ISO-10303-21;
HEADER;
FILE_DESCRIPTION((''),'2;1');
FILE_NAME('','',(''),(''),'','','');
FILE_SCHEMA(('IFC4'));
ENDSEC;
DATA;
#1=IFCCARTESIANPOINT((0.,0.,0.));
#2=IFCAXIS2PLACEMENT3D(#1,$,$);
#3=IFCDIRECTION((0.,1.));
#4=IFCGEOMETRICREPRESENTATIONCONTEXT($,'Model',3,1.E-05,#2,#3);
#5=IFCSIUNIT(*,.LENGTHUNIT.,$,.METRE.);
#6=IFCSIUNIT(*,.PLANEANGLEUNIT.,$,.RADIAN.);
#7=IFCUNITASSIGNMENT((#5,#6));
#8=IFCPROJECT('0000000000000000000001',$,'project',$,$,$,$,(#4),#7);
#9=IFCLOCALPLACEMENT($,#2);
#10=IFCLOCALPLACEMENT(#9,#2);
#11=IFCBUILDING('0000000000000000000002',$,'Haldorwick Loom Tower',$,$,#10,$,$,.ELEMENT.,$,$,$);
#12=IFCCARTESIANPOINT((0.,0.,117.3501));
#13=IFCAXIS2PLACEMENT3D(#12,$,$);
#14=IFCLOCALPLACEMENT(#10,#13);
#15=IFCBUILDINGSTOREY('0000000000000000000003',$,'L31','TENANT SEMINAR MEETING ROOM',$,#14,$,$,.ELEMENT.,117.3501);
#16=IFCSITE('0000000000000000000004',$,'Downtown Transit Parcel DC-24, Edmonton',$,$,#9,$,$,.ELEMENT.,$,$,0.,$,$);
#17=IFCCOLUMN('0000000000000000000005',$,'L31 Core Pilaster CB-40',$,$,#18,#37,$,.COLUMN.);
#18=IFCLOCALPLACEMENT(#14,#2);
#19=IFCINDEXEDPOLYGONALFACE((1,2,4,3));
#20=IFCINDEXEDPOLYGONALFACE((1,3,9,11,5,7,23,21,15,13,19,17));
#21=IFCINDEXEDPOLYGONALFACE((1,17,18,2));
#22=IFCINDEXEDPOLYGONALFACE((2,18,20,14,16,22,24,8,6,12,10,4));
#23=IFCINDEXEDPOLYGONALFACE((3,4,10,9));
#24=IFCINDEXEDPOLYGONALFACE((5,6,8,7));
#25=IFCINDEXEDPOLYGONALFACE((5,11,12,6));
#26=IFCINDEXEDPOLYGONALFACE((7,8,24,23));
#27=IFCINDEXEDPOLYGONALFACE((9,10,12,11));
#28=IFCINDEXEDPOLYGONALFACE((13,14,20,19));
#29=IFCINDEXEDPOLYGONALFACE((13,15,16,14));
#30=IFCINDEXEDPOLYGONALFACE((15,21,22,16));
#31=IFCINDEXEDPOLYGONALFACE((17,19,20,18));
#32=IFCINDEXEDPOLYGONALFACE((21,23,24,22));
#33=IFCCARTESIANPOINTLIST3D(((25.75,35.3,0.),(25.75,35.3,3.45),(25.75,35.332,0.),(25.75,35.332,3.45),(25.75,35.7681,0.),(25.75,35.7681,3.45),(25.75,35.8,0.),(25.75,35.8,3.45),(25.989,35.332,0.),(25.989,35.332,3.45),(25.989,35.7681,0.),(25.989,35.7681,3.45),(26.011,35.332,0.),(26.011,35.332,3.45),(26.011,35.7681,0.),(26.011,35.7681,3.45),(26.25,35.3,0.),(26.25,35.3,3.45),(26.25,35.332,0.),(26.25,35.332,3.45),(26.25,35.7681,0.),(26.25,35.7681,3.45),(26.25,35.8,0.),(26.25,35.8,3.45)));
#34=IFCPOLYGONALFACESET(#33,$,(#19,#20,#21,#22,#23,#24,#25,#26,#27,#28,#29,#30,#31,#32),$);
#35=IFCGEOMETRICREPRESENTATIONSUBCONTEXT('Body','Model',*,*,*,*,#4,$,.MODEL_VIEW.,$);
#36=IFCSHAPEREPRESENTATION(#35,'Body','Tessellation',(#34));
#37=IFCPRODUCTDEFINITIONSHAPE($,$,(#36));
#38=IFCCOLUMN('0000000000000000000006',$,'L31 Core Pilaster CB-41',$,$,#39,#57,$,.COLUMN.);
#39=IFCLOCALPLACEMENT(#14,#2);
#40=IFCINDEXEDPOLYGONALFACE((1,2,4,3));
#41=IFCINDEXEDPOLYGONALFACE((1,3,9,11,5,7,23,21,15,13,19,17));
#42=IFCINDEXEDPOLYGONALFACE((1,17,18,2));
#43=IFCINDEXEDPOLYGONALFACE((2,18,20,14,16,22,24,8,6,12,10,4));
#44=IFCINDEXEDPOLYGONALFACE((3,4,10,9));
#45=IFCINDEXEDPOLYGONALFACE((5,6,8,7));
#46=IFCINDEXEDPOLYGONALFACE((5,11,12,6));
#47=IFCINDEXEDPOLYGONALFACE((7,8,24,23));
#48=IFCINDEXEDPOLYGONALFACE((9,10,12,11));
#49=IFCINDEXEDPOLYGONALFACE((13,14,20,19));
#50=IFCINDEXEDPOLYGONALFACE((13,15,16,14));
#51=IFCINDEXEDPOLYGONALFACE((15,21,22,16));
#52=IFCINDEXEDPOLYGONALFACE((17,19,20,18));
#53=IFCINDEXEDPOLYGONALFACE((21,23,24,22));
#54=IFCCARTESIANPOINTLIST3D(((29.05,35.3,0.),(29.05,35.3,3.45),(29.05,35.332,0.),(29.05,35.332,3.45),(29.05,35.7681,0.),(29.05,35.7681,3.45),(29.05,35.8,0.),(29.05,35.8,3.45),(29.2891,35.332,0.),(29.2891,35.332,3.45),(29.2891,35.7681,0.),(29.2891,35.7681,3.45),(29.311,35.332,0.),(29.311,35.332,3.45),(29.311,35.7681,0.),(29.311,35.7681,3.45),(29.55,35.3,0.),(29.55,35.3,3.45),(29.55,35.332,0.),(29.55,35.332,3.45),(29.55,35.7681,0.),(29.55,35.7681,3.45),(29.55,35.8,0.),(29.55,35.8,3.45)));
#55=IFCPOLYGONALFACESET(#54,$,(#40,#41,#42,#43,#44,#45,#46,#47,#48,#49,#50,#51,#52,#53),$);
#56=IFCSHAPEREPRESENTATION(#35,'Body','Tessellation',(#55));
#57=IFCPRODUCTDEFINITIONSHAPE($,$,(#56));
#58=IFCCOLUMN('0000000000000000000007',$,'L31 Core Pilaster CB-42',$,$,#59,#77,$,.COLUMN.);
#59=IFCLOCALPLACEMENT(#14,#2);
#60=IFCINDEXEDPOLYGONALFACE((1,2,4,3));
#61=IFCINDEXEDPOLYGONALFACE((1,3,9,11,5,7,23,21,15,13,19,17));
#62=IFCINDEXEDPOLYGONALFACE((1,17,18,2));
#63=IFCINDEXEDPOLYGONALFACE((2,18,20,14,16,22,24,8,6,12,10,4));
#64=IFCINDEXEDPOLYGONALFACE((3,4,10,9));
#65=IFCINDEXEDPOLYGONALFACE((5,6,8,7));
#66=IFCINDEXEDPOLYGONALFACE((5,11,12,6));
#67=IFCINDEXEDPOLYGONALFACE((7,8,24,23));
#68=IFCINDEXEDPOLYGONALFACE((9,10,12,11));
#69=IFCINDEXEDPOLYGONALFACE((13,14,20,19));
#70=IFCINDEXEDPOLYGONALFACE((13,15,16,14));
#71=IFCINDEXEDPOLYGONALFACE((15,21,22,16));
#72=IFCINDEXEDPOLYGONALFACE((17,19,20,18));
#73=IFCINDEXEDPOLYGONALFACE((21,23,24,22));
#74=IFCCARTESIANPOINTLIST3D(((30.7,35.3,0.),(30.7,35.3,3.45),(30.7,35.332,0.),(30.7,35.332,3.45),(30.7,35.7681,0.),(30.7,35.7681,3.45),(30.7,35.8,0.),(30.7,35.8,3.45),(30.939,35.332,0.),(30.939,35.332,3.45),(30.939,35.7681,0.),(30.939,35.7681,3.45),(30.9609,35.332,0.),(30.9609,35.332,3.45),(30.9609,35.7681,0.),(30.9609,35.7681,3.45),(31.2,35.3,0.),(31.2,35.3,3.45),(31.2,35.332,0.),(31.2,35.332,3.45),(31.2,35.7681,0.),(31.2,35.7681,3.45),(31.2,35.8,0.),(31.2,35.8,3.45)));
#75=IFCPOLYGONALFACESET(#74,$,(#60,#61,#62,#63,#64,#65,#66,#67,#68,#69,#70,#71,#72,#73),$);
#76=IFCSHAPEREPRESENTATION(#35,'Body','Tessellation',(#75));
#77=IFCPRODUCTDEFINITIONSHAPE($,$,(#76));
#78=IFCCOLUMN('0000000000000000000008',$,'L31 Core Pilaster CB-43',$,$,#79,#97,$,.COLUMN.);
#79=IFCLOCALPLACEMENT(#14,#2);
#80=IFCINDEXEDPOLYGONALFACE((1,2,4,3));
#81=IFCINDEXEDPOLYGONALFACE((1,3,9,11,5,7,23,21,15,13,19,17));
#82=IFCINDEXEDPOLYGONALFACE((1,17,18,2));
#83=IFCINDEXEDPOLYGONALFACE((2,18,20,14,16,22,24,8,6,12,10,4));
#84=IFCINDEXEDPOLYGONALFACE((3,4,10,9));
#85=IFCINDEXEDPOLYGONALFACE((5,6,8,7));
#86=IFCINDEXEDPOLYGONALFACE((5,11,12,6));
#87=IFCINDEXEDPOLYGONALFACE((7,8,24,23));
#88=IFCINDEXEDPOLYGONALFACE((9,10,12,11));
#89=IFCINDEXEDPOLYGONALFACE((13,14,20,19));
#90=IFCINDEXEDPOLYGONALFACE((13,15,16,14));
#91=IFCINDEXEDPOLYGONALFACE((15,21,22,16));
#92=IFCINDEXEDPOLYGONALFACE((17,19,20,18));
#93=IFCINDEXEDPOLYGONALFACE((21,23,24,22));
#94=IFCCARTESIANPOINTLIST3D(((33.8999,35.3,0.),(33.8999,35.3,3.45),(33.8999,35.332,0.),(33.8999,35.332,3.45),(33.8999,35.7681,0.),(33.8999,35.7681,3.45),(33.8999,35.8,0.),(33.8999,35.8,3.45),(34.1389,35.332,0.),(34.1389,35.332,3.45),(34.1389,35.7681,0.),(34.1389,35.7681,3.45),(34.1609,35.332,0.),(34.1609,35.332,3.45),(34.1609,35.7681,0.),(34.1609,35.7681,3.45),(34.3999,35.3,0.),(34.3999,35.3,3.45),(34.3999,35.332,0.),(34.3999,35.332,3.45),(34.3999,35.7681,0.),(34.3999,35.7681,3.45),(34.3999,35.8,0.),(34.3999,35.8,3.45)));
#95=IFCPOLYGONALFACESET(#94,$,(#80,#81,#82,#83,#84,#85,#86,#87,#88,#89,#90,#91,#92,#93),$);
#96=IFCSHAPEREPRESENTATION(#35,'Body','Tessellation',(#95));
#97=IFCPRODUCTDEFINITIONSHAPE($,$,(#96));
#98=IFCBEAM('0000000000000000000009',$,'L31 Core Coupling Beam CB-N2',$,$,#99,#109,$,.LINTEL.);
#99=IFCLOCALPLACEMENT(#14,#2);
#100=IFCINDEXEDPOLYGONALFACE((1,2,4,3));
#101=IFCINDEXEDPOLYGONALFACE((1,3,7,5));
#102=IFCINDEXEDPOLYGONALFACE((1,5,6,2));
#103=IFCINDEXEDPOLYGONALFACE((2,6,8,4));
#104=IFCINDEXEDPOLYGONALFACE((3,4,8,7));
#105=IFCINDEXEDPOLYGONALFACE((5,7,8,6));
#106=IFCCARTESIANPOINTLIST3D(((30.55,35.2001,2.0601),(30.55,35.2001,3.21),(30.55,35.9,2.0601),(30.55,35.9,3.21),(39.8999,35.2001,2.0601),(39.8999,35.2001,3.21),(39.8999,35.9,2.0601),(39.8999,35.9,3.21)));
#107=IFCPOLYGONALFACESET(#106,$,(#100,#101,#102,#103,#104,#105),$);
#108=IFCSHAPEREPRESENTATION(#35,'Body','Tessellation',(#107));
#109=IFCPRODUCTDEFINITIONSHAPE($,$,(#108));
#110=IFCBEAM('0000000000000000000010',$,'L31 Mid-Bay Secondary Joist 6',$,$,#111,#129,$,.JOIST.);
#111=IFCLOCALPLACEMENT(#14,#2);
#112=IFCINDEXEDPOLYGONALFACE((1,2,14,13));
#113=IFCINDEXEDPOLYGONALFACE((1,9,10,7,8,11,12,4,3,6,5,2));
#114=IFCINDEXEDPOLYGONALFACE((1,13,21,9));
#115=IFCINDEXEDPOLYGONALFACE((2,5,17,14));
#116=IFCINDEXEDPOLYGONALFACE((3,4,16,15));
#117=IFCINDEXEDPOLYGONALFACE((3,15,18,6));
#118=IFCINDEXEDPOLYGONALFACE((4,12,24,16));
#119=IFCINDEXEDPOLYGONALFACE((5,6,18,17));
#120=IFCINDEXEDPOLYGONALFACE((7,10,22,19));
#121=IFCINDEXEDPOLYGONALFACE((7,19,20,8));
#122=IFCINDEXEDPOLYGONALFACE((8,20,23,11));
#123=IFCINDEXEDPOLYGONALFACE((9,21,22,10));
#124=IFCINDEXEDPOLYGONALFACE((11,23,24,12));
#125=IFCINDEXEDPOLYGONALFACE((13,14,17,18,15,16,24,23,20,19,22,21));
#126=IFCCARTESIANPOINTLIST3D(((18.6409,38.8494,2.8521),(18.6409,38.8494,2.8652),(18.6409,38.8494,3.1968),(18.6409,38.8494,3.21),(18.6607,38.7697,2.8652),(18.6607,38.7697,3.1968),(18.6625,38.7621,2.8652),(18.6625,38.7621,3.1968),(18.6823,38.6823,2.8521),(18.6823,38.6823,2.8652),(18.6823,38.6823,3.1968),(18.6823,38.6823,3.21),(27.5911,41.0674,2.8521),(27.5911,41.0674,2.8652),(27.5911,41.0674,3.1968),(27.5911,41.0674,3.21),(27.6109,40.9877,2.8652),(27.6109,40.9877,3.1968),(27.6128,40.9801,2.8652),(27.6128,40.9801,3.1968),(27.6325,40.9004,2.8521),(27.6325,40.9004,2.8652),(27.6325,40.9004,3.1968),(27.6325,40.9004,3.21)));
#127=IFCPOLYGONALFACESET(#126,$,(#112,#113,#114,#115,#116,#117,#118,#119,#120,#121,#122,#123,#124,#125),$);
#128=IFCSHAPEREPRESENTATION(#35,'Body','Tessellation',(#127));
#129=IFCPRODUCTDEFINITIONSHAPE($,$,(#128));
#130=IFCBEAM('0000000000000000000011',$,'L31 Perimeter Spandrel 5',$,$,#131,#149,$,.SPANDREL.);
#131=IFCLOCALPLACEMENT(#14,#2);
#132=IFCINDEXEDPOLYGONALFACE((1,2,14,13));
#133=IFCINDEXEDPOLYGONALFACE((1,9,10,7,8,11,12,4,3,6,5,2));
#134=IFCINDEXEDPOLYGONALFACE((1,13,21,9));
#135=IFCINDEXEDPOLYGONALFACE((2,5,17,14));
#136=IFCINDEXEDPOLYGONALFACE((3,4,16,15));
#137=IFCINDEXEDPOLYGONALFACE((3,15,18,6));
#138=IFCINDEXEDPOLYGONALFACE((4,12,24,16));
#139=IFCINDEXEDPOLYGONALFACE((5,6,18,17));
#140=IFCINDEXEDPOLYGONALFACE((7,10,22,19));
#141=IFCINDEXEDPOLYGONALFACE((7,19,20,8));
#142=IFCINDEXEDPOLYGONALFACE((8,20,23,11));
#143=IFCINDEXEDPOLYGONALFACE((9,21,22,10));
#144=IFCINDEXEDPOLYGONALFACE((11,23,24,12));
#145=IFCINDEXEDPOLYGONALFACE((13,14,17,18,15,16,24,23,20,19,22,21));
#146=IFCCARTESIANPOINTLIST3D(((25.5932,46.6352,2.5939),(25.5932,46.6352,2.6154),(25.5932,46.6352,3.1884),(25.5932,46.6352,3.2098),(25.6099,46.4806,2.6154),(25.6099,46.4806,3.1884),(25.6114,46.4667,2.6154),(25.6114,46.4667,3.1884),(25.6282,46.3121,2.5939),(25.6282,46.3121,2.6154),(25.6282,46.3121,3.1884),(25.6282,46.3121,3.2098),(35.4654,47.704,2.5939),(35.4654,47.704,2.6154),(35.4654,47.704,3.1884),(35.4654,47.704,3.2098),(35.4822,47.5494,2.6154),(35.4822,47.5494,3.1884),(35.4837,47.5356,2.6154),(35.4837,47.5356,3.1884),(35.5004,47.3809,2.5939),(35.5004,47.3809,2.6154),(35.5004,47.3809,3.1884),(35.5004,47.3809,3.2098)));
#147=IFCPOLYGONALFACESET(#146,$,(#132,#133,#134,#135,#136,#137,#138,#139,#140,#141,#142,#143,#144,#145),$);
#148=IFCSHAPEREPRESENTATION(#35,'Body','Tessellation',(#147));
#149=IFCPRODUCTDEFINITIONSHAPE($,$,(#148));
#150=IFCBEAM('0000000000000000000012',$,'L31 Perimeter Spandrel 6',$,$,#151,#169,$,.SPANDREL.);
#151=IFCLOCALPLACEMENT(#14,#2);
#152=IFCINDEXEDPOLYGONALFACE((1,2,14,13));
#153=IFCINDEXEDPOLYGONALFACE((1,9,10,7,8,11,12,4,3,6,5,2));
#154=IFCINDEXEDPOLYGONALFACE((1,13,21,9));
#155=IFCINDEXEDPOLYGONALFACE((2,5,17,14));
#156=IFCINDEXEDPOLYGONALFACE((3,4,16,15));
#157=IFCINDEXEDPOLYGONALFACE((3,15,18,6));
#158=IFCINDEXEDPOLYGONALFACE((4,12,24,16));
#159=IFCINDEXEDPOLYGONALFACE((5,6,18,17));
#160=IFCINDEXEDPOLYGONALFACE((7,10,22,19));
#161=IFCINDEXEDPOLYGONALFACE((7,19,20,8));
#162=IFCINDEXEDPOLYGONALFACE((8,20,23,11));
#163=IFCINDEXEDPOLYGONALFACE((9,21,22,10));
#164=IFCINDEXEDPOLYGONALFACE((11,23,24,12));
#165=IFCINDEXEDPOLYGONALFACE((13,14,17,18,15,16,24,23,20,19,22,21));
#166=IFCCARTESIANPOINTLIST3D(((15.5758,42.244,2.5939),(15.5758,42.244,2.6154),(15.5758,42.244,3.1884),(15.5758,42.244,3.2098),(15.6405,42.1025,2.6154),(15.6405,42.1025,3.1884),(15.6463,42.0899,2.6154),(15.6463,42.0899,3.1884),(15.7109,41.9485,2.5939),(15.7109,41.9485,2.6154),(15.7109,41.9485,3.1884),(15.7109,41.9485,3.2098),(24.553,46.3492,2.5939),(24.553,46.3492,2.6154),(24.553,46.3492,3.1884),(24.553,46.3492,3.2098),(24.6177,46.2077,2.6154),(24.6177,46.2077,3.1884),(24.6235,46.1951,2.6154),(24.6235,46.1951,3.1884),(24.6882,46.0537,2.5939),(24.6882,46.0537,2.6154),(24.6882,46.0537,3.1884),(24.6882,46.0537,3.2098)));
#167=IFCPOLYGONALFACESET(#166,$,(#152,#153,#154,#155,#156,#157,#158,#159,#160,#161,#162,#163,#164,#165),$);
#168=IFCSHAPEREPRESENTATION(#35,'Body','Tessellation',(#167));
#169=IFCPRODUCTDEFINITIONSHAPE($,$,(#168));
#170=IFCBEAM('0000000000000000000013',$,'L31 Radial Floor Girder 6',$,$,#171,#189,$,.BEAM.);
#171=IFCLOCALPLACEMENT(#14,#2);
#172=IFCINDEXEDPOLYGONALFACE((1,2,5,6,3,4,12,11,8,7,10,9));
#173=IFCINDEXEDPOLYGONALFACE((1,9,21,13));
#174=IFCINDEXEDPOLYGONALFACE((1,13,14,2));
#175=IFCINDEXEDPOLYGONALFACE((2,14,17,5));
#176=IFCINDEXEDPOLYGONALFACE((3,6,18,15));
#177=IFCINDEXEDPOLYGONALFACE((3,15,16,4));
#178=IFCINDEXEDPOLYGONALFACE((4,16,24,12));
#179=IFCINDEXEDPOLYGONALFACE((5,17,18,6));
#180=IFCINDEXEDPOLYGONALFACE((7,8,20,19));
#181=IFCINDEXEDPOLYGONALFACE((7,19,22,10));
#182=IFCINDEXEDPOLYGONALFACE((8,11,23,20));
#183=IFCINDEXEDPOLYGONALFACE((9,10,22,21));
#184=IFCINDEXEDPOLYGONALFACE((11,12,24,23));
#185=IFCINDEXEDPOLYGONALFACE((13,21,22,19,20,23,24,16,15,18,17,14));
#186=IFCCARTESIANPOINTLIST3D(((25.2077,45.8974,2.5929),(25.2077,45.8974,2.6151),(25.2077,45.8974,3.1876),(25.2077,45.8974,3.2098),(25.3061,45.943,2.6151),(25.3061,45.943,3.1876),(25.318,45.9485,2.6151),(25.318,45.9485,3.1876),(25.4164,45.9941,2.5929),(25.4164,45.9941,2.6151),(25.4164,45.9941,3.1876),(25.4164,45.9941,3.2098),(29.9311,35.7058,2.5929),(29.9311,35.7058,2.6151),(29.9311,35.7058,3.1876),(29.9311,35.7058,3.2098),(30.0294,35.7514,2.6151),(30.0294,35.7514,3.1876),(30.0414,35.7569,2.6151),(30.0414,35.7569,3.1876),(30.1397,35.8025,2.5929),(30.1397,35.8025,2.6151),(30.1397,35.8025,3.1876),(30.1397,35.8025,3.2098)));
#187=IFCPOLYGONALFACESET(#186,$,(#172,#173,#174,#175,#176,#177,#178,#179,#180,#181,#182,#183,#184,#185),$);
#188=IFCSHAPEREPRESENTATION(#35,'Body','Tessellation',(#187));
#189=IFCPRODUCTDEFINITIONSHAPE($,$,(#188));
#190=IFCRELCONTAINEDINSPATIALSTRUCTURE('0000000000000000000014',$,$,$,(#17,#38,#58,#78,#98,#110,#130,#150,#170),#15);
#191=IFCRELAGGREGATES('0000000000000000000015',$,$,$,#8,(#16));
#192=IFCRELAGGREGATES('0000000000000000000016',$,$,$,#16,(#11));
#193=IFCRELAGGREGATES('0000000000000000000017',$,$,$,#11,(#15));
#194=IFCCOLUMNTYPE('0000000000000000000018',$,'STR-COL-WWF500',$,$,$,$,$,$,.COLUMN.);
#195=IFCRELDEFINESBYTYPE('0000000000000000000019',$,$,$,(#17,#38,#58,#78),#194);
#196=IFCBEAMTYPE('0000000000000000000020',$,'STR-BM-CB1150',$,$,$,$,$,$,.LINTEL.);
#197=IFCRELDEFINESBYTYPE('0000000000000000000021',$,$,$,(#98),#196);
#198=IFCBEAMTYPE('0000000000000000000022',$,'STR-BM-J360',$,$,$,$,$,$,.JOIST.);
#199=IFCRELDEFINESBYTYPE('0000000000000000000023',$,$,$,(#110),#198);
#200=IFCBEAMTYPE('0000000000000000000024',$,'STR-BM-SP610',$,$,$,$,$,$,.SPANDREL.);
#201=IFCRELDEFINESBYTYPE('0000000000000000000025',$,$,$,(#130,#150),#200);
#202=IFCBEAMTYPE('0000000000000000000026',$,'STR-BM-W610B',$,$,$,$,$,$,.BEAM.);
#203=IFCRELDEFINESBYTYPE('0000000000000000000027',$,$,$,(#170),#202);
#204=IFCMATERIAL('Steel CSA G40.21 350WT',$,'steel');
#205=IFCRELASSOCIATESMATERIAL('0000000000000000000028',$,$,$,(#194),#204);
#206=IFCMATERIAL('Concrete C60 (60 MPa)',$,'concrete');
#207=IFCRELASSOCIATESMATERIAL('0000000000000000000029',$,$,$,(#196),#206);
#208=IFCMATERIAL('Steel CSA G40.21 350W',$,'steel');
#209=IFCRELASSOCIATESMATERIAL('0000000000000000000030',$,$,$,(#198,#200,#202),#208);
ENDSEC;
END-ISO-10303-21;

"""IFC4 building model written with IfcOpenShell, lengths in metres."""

from ifc_helpers import new_model, si_unit, direction, frame, origin, origin_2d, place, context, subcontext, project, spatial, rectangle, i_section, extrude, material, material_profile, profile_set, type_object, element, save


model = new_model("IFC4")

# Units and contexts
model_context = context("Model", 3, precision=1e-05, world=origin(), true_north=direction((0.0, 1.0)))
body_context = subcontext(model_context, "Body", "Model", "MODEL_VIEW")
ifc_project = project(units=[si_unit("LENGTHUNIT", "METRE"), si_unit("PLANEANGLEUNIT", "RADIAN")], contexts=[model_context])

# Site, building, storey
site_placement = place(None, origin())
site = spatial("IfcSite", under=ifc_project, at=site_placement, Name="Downtown Transit Parcel DC-24, Edmonton", CompositionType="ELEMENT", RefElevation=0.0)
building_placement = place(site_placement, origin())
building = spatial("IfcBuilding", under=site, at=building_placement, Name="Haldorwick Loom Tower", CompositionType="ELEMENT")
storey_placement = place(building_placement, frame((0.0, 0.0, 117.3501)))
storey = spatial("IfcBuildingStorey", under=building, at=storey_placement, Name="L31", Description="TENANT SEMINAR MEETING ROOM", CompositionType="ELEMENT", Elevation=117.3501)

# Columns
ifc_material_1 = material(Name="Concrete C60 (60 MPa)", Category="concrete")
ifc_material_2 = material(Name="Steel CSA G40.21 350WT", Category="steel")
ifc_material_profile_1 = material_profile(ifc_material_2, i_section(OverallWidth=0.5, OverallDepth=0.5, WebThickness=0.022, FlangeThickness=0.032, at=origin_2d()), Name="WWF500X500", Category="steel")
ifc_profile_set_1 = profile_set([ifc_material_profile_1], Name="Steel CSA G40.21 350WT")
column_type_1 = type_object("IfcColumnType", Name="STR-COL-WWF500", PredefinedType="COLUMN", material=ifc_profile_set_1)
for number, where, z_axis, x_axis, name in (
    (1, (26.0, 35.55, 0.0), (0.0, 0.0, 1.0), (1.0, 0.0, 0.0), "L31 Core Pilaster CB-40"),
    (2, (29.3, 35.55, 0.0), (0.0, 0.0, 1.0), (1.0, 0.0, 0.0), "L31 Core Pilaster CB-41"),
    (3, (30.95, 35.55, 0.0), (0.0, 0.0, 1.0), (1.0, 0.0, 0.0), "L31 Core Pilaster CB-42"),
    (4, (34.1499, 35.55, 0.0), (0.0, 0.0, 1.0), (1.0, 0.0, 0.0), "L31 Core Pilaster CB-43"),
):
    element("IfcColumn", number, at=place(storey_placement, frame(where, z_axis=z_axis, x_axis=x_axis)), inside=storey, type_object=column_type_1, Name=name, PredefinedType="COLUMN", context=body_context, shape_type="SweptSolid", body=[
        extrude(i_section(OverallWidth=0.5, OverallDepth=0.5, WebThickness=0.022, FlangeThickness=0.032, at=origin_2d()), origin(), (0.0, 0.0, 1.0), 3.45),
    ])

# Beams
ifc_material_profile_2 = material_profile(ifc_material_1, rectangle(XDim=0.7, YDim=1.1499, at=origin_2d()), Name="RC700X1150", Category="concrete")
ifc_profile_set_2 = profile_set([ifc_material_profile_2], Name="Concrete C60 (60 MPa)")
beam_type_1 = type_object("IfcBeamType", Name="STR-BM-CB1150", PredefinedType="LINTEL", material=ifc_profile_set_2)
beam_1_placement = place(storey_placement, frame((30.55, 35.55, 2.635), z_axis=(1.0, 0.0, 0.0), x_axis=(0.0, 1.0, 0.0)))
element("IfcBeam", 5, at=beam_1_placement, inside=storey, type_object=beam_type_1, Name="L31 Core Coupling Beam CB-N2", PredefinedType="LINTEL", context=body_context, shape_type="SweptSolid", body=[
    extrude(rectangle(XDim=0.7, YDim=1.1499, at=origin_2d()), origin(), (0.0, 0.0, 1.0), 9.3499),
])
ifc_material_3 = material(Name="Steel CSA G40.21 350W", Category="steel")
ifc_material_profile_3 = material_profile(ifc_material_3, i_section(OverallWidth=0.1721, OverallDepth=0.3579, WebThickness=0.0078, FlangeThickness=0.0132, at=origin_2d()), Name="W360X57", Category="steel")
ifc_profile_set_3 = profile_set([ifc_material_profile_3], Name="Steel CSA G40.21 350W")
beam_type_2 = type_object("IfcBeamType", Name="STR-BM-J360", PredefinedType="JOIST", material=ifc_profile_set_3)
beam_2_placement = place(storey_placement, frame((27.6118, 40.9839, 3.031), z_axis=(-0.970639, -0.240542, 0.0), x_axis=(0.240542, -0.970639, 0.0)))
element("IfcBeam", 6, at=beam_2_placement, inside=storey, type_object=beam_type_2, Name="L31 Mid-Bay Secondary Joist 6", PredefinedType="JOIST", context=body_context, shape_type="SweptSolid", body=[
    extrude(i_section(OverallWidth=0.1721, OverallDepth=0.3579, WebThickness=0.0078, FlangeThickness=0.0132, at=origin_2d()), origin(), (0.0, 0.0, 1.0), 9.2209),
])
ifc_material_profile_4 = material_profile(ifc_material_3, i_section(OverallWidth=0.325, OverallDepth=0.616, WebThickness=0.0139, FlangeThickness=0.0215, at=origin_2d()), Name="W610X174", Category="steel")
ifc_profile_set_4 = profile_set([ifc_material_profile_4], Name="Steel CSA G40.21 350W")
beam_type_3 = type_object("IfcBeamType", Name="STR-BM-SP610", PredefinedType="SPANDREL", material=ifc_profile_set_4)
beam_3_placement = place(storey_placement, frame((35.4829, 47.5425, 2.9019), z_axis=(-0.99419, -0.107638, 0.0), x_axis=(0.107638, -0.99419, 0.0)))
element("IfcBeam", 7, at=beam_3_placement, inside=storey, type_object=beam_type_3, Name="L31 Perimeter Spandrel 5", PredefinedType="SPANDREL", context=body_context, shape_type="SweptSolid", body=[
    extrude(i_section(OverallWidth=0.325, OverallDepth=0.616, WebThickness=0.0139, FlangeThickness=0.0215, at=origin_2d()), origin(), (0.0, 0.0, 1.0), 9.9299),
])
beam_4_placement = place(storey_placement, frame((24.6206, 46.2014, 2.9019), z_axis=(-0.909424, -0.41587, 0.0), x_axis=(0.41587, -0.909424, 0.0)))
element("IfcBeam", 8, at=beam_4_placement, inside=storey, type_object=beam_type_3, Name="L31 Perimeter Spandrel 6", PredefinedType="SPANDREL", context=body_context, shape_type="SweptSolid", body=[
    extrude(i_section(OverallWidth=0.325, OverallDepth=0.616, WebThickness=0.0139, FlangeThickness=0.0215, at=origin_2d()), origin(), (0.0, 0.0, 1.0), 9.8713),
])
ifc_material_profile_5 = material_profile(ifc_material_3, i_section(OverallWidth=0.23, OverallDepth=0.6169, WebThickness=0.0132, FlangeThickness=0.0222, at=origin_2d()), Name="W610X140", Category="steel")
ifc_profile_set_5 = profile_set([ifc_material_profile_5], Name="Steel CSA G40.21 350W")
beam_type_4 = type_object("IfcBeamType", Name="STR-BM-W610B", PredefinedType="BEAM", material=ifc_profile_set_5)
beam_5_placement = place(storey_placement, frame((30.0354, 35.7542, 2.9014), z_axis=(-0.420492, 0.907296, 0.0), x_axis=(-0.907296, -0.420492, 0.0)))
element("IfcBeam", 9, at=beam_5_placement, inside=storey, type_object=beam_type_4, Name="L31 Radial Floor Girder 6", PredefinedType="BEAM", context=body_context, shape_type="SweptSolid", body=[
    extrude(i_section(OverallWidth=0.23, OverallDepth=0.6169, WebThickness=0.0132, FlangeThickness=0.0222, at=origin_2d()), origin(), (0.0, 0.0, 1.0), 11.2329),
])

save(model, "model.ifc")
